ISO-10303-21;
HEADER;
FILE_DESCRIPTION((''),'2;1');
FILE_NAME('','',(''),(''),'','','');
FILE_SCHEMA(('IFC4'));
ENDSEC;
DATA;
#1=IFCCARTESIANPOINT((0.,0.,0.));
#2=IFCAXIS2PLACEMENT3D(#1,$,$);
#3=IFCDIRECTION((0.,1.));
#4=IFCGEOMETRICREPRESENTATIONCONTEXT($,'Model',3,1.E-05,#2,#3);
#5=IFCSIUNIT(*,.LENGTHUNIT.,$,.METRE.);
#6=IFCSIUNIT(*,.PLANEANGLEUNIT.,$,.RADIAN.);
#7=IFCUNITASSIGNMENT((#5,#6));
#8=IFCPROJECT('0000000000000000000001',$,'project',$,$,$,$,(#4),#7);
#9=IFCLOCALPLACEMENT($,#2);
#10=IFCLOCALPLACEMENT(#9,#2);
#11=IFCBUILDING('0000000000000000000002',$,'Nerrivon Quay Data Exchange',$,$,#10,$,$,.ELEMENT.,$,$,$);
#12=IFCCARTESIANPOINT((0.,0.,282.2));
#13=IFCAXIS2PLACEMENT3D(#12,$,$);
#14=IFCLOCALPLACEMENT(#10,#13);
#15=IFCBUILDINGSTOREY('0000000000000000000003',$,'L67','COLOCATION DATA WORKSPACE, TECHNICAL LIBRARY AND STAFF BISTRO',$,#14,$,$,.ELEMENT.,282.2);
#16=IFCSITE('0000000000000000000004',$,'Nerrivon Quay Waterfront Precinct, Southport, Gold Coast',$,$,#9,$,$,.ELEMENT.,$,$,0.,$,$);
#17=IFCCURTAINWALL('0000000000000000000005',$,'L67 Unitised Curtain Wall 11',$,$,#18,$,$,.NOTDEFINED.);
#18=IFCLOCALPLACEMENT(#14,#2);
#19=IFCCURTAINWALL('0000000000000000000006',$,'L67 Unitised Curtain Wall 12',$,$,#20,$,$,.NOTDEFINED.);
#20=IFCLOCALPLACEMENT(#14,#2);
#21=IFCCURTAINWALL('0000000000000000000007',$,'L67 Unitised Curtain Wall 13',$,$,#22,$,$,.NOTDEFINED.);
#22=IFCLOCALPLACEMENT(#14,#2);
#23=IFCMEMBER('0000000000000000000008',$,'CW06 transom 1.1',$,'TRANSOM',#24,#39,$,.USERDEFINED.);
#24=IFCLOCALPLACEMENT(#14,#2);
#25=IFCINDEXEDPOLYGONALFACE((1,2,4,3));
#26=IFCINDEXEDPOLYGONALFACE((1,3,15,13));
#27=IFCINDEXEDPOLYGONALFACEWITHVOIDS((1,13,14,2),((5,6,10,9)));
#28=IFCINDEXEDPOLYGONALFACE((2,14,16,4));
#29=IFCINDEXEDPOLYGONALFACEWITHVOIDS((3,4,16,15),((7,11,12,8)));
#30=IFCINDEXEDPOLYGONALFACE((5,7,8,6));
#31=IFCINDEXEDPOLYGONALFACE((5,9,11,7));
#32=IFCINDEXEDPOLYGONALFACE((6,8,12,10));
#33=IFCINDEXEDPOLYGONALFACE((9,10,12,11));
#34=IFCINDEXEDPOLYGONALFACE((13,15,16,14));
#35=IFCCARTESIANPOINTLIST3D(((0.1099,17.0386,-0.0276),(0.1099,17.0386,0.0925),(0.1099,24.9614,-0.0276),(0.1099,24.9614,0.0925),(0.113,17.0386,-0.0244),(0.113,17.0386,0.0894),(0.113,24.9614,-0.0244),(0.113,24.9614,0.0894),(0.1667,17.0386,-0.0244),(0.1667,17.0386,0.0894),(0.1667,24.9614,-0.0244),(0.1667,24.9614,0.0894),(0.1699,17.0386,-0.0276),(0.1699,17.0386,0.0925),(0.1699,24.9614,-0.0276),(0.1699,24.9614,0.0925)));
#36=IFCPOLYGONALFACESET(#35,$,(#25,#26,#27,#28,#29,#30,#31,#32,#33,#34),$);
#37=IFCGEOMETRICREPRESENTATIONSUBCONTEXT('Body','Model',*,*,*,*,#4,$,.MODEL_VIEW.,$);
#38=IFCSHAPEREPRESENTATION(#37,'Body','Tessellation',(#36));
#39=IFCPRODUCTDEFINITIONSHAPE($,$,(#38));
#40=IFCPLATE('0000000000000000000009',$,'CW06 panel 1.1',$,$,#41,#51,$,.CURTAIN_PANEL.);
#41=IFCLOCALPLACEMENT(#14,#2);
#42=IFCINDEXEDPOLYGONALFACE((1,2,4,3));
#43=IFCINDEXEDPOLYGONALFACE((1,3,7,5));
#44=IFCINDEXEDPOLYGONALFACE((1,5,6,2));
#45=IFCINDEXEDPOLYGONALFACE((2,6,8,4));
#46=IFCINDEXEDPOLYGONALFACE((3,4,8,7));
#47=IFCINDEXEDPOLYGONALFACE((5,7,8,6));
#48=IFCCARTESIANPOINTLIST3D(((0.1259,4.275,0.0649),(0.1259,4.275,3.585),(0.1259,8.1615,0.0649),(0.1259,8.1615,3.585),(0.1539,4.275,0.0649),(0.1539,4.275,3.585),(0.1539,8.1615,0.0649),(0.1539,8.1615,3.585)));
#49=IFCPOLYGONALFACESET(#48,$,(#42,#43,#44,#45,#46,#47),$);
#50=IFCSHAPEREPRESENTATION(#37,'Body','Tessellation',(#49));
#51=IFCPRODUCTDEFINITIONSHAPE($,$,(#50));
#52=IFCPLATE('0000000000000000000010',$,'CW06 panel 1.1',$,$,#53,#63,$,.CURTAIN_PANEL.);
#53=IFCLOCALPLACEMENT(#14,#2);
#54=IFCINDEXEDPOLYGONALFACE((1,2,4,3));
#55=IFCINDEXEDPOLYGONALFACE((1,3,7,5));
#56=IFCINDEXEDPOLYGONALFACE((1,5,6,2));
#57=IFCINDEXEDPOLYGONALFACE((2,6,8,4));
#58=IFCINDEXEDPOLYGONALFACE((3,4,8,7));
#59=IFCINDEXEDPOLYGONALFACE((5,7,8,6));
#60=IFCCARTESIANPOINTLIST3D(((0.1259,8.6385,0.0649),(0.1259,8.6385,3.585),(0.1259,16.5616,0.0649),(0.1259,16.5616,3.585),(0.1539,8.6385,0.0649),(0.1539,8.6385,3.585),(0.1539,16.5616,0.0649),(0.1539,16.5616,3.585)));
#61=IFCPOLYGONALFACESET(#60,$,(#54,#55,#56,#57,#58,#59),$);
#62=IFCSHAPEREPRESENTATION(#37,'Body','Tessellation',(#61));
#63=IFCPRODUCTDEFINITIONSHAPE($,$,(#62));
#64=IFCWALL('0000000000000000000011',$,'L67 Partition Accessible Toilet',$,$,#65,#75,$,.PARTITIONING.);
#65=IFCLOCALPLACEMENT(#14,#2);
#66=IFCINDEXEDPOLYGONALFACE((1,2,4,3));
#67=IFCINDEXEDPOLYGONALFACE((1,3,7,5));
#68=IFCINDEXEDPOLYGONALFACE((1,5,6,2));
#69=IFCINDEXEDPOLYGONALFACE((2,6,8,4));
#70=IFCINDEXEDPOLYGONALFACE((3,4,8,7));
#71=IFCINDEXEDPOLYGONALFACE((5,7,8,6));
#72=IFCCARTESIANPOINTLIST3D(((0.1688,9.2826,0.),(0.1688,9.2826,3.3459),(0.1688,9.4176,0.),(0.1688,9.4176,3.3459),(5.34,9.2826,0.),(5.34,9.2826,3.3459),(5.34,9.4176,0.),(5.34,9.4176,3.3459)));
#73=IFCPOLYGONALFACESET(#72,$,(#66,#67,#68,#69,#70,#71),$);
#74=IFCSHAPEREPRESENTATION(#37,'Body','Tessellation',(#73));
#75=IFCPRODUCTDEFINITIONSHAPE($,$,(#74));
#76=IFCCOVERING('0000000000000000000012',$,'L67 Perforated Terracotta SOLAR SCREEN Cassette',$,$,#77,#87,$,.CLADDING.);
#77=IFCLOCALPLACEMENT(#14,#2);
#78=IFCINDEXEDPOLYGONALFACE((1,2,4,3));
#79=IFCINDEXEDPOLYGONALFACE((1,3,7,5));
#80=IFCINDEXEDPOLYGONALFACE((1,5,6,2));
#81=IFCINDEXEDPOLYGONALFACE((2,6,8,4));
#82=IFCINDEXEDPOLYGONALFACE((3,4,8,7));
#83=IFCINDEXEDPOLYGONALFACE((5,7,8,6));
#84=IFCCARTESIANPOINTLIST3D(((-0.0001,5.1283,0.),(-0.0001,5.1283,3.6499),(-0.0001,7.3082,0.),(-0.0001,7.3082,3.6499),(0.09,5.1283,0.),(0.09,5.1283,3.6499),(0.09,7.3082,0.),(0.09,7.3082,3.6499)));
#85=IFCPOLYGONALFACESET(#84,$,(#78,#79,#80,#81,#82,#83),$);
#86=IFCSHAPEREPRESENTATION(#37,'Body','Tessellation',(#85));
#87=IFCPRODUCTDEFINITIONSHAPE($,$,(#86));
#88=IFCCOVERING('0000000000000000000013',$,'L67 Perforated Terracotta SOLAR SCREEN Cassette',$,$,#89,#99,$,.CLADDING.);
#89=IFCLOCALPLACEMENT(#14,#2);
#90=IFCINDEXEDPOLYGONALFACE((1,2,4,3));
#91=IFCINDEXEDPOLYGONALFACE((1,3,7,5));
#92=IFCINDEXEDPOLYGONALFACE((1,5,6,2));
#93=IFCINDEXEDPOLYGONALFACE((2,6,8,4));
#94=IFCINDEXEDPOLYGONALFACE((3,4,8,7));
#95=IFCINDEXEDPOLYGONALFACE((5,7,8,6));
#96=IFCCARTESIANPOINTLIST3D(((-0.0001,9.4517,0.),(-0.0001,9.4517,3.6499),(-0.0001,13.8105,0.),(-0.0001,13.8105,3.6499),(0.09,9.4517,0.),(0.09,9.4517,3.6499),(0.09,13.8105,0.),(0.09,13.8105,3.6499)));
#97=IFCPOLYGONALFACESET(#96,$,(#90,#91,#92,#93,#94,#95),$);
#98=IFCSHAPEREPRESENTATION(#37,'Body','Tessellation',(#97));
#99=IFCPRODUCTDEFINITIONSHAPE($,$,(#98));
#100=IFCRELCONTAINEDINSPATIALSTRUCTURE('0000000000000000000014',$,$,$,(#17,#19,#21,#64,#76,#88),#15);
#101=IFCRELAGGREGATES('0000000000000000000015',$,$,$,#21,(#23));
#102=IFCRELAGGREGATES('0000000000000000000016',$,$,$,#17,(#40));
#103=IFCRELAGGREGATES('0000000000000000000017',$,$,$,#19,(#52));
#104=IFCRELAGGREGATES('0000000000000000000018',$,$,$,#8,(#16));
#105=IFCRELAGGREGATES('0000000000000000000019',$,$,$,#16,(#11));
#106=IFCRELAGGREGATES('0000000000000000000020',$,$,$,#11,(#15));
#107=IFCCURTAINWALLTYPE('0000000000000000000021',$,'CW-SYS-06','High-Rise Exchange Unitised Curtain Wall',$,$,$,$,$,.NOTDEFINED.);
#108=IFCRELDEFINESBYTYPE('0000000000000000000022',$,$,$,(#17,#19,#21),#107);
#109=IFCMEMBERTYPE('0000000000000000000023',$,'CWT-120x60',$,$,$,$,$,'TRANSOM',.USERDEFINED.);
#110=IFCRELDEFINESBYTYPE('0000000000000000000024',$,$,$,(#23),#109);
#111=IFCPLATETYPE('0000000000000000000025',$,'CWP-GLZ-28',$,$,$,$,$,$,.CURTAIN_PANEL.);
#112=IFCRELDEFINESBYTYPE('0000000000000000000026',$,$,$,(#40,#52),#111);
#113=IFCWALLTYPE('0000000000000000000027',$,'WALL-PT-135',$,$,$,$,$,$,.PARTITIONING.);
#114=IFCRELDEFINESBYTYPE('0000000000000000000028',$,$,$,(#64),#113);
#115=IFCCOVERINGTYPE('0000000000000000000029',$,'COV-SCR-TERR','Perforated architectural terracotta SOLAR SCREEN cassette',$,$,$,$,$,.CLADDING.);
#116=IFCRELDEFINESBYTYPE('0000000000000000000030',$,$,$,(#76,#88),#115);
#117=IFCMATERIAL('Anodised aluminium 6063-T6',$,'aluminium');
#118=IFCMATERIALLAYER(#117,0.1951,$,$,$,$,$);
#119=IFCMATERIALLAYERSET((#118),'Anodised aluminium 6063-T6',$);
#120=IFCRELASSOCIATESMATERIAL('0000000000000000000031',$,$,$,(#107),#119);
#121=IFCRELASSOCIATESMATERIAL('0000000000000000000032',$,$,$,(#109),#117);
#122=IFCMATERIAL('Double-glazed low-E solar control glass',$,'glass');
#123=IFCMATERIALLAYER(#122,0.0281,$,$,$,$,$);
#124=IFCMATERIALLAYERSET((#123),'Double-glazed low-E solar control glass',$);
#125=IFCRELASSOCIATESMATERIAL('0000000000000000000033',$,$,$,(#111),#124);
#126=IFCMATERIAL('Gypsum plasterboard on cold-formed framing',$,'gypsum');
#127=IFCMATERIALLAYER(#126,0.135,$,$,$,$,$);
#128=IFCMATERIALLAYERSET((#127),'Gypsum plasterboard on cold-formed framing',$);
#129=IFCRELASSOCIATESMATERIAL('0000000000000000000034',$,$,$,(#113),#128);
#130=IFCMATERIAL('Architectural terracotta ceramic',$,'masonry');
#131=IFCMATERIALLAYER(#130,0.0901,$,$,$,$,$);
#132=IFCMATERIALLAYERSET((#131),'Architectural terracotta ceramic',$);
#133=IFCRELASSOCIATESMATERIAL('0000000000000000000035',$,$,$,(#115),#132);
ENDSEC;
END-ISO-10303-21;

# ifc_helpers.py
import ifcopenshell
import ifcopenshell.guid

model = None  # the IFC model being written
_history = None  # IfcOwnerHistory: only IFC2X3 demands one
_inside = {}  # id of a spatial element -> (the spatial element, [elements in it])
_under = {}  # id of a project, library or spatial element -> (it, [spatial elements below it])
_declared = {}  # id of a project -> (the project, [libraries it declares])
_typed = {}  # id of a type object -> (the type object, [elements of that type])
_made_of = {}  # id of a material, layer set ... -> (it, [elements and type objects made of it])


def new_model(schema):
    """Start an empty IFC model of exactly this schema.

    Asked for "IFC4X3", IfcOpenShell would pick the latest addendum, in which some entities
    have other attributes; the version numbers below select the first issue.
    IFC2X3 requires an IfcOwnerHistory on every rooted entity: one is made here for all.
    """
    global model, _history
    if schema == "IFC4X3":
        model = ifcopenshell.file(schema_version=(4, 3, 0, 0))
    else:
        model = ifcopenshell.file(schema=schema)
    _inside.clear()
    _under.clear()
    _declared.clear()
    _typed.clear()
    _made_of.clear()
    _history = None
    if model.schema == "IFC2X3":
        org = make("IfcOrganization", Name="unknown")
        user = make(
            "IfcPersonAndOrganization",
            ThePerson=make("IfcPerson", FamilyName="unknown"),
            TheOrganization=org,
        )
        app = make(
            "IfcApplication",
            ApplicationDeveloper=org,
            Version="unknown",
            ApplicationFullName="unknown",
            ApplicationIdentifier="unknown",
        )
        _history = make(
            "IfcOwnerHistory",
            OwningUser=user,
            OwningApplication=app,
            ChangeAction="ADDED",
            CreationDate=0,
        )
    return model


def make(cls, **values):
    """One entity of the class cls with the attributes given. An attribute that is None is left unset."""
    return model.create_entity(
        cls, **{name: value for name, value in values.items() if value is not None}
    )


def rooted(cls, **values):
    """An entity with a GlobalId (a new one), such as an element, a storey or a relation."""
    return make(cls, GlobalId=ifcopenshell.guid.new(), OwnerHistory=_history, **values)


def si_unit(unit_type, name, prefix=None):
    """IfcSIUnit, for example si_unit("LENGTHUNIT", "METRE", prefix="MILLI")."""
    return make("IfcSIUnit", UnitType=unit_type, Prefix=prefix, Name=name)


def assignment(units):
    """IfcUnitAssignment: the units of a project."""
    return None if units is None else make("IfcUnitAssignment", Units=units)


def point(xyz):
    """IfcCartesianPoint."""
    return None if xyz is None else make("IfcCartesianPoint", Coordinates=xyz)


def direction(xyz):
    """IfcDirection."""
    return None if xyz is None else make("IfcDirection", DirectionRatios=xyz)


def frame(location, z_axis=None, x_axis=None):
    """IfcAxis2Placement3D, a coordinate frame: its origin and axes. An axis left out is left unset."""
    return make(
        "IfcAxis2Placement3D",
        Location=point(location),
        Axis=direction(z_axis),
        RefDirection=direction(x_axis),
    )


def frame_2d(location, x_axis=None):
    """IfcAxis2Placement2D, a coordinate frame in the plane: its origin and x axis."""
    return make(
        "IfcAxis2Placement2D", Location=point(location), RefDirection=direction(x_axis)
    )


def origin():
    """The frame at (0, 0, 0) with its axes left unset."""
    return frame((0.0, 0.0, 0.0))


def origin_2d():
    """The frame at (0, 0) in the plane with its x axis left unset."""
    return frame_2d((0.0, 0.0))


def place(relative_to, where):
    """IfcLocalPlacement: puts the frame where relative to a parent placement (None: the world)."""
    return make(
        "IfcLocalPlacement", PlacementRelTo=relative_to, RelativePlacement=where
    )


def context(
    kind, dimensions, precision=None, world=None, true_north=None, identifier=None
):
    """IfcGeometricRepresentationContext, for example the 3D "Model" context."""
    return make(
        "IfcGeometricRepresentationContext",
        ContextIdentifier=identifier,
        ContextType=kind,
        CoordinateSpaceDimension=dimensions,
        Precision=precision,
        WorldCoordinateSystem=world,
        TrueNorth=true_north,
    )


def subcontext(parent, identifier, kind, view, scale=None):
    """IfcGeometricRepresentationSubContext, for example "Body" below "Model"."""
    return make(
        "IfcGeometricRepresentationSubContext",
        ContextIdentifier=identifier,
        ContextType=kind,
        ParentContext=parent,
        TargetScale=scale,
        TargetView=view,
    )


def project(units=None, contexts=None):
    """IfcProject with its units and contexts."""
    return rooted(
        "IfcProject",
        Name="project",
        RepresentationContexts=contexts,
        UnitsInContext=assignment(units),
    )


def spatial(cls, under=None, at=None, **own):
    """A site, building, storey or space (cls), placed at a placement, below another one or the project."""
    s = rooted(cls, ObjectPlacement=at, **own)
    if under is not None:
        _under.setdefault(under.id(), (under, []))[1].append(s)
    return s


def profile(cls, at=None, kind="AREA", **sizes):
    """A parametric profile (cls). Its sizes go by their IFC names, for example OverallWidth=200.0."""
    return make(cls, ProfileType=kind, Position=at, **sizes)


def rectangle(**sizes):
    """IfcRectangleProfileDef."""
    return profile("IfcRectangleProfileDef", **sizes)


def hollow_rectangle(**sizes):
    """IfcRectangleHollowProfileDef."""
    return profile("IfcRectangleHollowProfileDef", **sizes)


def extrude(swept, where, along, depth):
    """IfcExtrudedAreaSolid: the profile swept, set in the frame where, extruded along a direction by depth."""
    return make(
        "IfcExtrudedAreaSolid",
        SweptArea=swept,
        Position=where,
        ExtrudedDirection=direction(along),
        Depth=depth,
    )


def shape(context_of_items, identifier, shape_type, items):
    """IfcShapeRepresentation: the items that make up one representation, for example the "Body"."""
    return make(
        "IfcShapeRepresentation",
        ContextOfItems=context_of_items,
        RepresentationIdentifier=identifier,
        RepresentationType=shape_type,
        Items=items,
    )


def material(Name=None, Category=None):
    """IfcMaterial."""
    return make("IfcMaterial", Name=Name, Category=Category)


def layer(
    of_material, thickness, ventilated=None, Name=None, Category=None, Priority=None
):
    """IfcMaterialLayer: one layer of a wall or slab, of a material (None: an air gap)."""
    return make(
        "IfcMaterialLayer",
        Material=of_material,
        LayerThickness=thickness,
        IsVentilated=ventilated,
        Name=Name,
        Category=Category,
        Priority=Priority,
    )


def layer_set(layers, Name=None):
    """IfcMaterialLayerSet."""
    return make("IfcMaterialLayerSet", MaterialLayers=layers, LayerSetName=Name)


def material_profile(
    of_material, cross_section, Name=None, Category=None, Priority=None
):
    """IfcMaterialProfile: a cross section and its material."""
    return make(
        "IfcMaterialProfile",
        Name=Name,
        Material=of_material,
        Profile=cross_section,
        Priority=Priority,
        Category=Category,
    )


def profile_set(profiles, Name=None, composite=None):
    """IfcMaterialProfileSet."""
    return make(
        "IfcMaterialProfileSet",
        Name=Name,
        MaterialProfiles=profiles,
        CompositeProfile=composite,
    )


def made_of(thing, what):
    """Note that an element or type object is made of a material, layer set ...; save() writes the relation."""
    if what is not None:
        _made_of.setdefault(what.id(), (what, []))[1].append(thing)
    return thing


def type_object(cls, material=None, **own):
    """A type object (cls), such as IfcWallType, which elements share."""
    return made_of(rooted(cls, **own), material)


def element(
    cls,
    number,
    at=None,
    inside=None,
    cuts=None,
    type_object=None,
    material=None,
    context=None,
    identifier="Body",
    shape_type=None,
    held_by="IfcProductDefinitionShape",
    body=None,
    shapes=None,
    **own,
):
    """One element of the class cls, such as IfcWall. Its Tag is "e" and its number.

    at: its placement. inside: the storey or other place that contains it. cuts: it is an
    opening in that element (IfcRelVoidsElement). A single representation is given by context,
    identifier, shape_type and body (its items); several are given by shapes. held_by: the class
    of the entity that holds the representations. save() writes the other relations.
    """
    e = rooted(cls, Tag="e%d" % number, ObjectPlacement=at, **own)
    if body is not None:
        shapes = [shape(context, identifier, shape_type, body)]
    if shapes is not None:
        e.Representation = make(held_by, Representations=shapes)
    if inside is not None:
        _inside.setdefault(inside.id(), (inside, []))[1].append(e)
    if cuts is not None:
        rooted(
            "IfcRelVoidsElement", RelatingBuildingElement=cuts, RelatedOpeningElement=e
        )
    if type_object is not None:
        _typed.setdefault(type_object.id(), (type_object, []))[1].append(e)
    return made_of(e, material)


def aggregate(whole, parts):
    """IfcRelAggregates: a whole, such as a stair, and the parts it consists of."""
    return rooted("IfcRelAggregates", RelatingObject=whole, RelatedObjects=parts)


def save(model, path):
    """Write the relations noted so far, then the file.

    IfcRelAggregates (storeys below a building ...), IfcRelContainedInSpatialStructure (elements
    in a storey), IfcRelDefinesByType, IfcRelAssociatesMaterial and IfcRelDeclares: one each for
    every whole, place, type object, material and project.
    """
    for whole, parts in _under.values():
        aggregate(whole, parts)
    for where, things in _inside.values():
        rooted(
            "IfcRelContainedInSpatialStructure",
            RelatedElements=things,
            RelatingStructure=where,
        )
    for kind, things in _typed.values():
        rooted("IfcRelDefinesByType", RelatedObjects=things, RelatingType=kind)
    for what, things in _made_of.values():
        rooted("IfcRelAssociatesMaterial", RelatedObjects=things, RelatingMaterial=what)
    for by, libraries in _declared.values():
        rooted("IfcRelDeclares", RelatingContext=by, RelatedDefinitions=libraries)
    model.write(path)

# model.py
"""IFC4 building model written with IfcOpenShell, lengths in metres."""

from ifc_helpers import new_model, si_unit, direction, frame, frame_2d, origin, origin_2d, place, context, subcontext, project, spatial, rectangle, hollow_rectangle, extrude, material, layer, layer_set, material_profile, profile_set, type_object, element, aggregate, save


model = new_model("IFC4")

# Units and contexts
model_context = context("Model", 3, precision=1e-05, world=origin(), true_north=direction((0.0, 1.0)))
body_context = subcontext(model_context, "Body", "Model", "MODEL_VIEW")
ifc_project = project(units=[si_unit("LENGTHUNIT", "METRE"), si_unit("PLANEANGLEUNIT", "RADIAN")], contexts=[model_context])

# Site, building, storey
site_placement = place(None, origin())
site = spatial("IfcSite", under=ifc_project, at=site_placement, Name="Nerrivon Quay Waterfront Precinct, Southport, Gold Coast", CompositionType="ELEMENT", RefElevation=0.0)
building_placement = place(site_placement, origin())
building = spatial("IfcBuilding", under=site, at=building_placement, Name="Nerrivon Quay Data Exchange", CompositionType="ELEMENT")
storey_placement = place(building_placement, frame((0.0, 0.0, 282.2)))
storey = spatial("IfcBuildingStorey", under=building, at=storey_placement, Name="L67", Description="COLOCATION DATA WORKSPACE, TECHNICAL LIBRARY AND STAFF BISTRO", CompositionType="ELEMENT", Elevation=282.2)

# Curtain wall
ifc_material_1 = material(Name="Anodised aluminium 6063-T6", Category="aluminium")
ifc_layer_1 = layer(ifc_material_1, 0.1951)
ifc_layer_set_1 = layer_set([ifc_layer_1], Name="Anodised aluminium 6063-T6")
curtain_wall_type = type_object("IfcCurtainWallType", Name="CW-SYS-06", Description="High-Rise Exchange Unitised Curtain Wall", PredefinedType="NOTDEFINED", material=ifc_layer_set_1)
curtain_wall_1_placement = place(storey_placement, origin())
curtain_wall_1 = element("IfcCurtainWall", 1, at=curtain_wall_1_placement, inside=storey, type_object=curtain_wall_type, Name="L67 Unitised Curtain Wall 11", PredefinedType="NOTDEFINED")

# Curtain wall
curtain_wall_2_placement = place(storey_placement, origin())
curtain_wall_2 = element("IfcCurtainWall", 2, at=curtain_wall_2_placement, inside=storey, type_object=curtain_wall_type, Name="L67 Unitised Curtain Wall 12", PredefinedType="NOTDEFINED")

# Curtain wall
curtain_wall_3_placement = place(storey_placement, origin())
curtain_wall_3 = element("IfcCurtainWall", 3, at=curtain_wall_3_placement, inside=storey, type_object=curtain_wall_type, Name="L67 Unitised Curtain Wall 13", PredefinedType="NOTDEFINED")

# Member
ifc_material_profile_1 = material_profile(ifc_material_1, hollow_rectangle(XDim=0.0601, YDim=0.1201, WallThickness=0.0032, at=origin_2d()), Name="ALU-TRAN-120x60")
ifc_profile_set_1 = profile_set([ifc_material_profile_1], Name="Anodised aluminium 6063-T6")
member_type_1 = type_object("IfcMemberType", Name="CWT-120x60", ElementType="TRANSOM", PredefinedType="USERDEFINED", material=ifc_profile_set_1)
member_1_placement = place(storey_placement, frame((0.1399, 17.0386, 0.0325), z_axis=(0.0, 1.0, 0.0), x_axis=(-1.0, 0.0, 0.0)))
member_1 = element("IfcMember", 4, at=member_1_placement, type_object=member_type_1, Name="CW06 transom 1.1", ObjectType="TRANSOM", PredefinedType="USERDEFINED", context=body_context, shape_type="SweptSolid", body=[
    extrude(hollow_rectangle(XDim=0.0601, YDim=0.1201, WallThickness=0.0032, at=origin_2d()), origin(), (0.0, 0.0, 1.0), 7.9229),
])
aggregate(curtain_wall_3, [member_1])

# Plates
ifc_material_2 = material(Name="Double-glazed low-E solar control glass", Category="glass")
ifc_layer_2 = layer(ifc_material_2, 0.0281)
ifc_layer_set_2 = layer_set([ifc_layer_2], Name="Double-glazed low-E solar control glass")
plate_type = type_object("IfcPlateType", Name="CWP-GLZ-28", PredefinedType="CURTAIN_PANEL", material=ifc_layer_set_2)
plate_1_placement = place(storey_placement, frame((0.1399, 6.2183, 0.0649), z_axis=(0.0, 0.0, 1.0), x_axis=(0.0, 1.0, 0.0)))
plate_1 = element("IfcPlate", 5, at=plate_1_placement, type_object=plate_type, Name="CW06 panel 1.1", PredefinedType="CURTAIN_PANEL", context=body_context, shape_type="SweptSolid", body=[
    extrude(rectangle(XDim=3.8865, YDim=0.0281, at=origin_2d()), origin(), (0.0, 0.0, 1.0), 3.52),
])
aggregate(curtain_wall_1, [plate_1])
plate_2_placement = place(storey_placement, frame((0.1399, 12.6001, 0.0649), z_axis=(0.0, 0.0, 1.0), x_axis=(0.0, 1.0, 0.0)))
plate_2 = element("IfcPlate", 6, at=plate_2_placement, type_object=plate_type, Name="CW06 panel 1.1", PredefinedType="CURTAIN_PANEL", context=body_context, shape_type="SweptSolid", body=[
    extrude(rectangle(XDim=7.9231, YDim=0.0281, at=origin_2d()), origin(), (0.0, 0.0, 1.0), 3.52),
])
aggregate(curtain_wall_2, [plate_2])

# Wall
ifc_material_3 = material(Name="Gypsum plasterboard on cold-formed framing", Category="gypsum")
ifc_layer_3 = layer(ifc_material_3, 0.135)
ifc_layer_set_3 = layer_set([ifc_layer_3], Name="Gypsum plasterboard on cold-formed framing")
wall_type = type_object("IfcWallType", Name="WALL-PT-135", PredefinedType="PARTITIONING", material=ifc_layer_set_3)
wall_placement = place(storey_placement, frame((0.1689, 9.3501, 0.0), z_axis=(0.0, 0.0, 1.0), x_axis=(1.0, 0.0, 0.0)))
element("IfcWall", 7, at=wall_placement, inside=storey, type_object=wall_type, Name="L67 Partition Accessible Toilet", PredefinedType="PARTITIONING", context=body_context, shape_type="SweptSolid", body=[
    extrude(rectangle(XDim=5.1711, YDim=0.135, at=frame_2d((2.5854, 0.0))), origin(), (0.0, 0.0, 1.0), 3.3459),
])

# Coverings
ifc_material_4 = material(Name="Architectural terracotta ceramic", Category="masonry")
ifc_layer_4 = layer(ifc_material_4, 0.0901)
ifc_layer_set_4 = layer_set([ifc_layer_4], Name="Architectural terracotta ceramic")
covering_type = type_object("IfcCoveringType", Name="COV-SCR-TERR", Description="Perforated architectural terracotta SOLAR SCREEN cassette", PredefinedType="CLADDING", material=ifc_layer_set_4)
covering_1_placement = place(storey_placement, frame((0.0449, 6.2183, 0.0), z_axis=(0.0, 0.0, 1.0), x_axis=(0.0, 1.0, 0.0)))
element("IfcCovering", 8, at=covering_1_placement, inside=storey, type_object=covering_type, Name="L67 Perforated Terracotta SOLAR SCREEN Cassette", PredefinedType="CLADDING", context=body_context, shape_type="SweptSolid", body=[
    extrude(rectangle(XDim=2.1799, YDim=0.0901, at=origin_2d()), origin(), (0.0, 0.0, 1.0), 3.6499),
])
covering_2_placement = place(storey_placement, frame((0.0449, 11.6311, 0.0), z_axis=(0.0, 0.0, 1.0), x_axis=(0.0, 1.0, 0.0)))
element("IfcCovering", 9, at=covering_2_placement, inside=storey, type_object=covering_type, Name="L67 Perforated Terracotta SOLAR SCREEN Cassette", PredefinedType="CLADDING", context=body_context, shape_type="SweptSolid", body=[
    extrude(rectangle(XDim=4.3589, YDim=0.0901, at=origin_2d()), origin(), (0.0, 0.0, 1.0), 3.6499),
])

save(model, "model.ifc")
